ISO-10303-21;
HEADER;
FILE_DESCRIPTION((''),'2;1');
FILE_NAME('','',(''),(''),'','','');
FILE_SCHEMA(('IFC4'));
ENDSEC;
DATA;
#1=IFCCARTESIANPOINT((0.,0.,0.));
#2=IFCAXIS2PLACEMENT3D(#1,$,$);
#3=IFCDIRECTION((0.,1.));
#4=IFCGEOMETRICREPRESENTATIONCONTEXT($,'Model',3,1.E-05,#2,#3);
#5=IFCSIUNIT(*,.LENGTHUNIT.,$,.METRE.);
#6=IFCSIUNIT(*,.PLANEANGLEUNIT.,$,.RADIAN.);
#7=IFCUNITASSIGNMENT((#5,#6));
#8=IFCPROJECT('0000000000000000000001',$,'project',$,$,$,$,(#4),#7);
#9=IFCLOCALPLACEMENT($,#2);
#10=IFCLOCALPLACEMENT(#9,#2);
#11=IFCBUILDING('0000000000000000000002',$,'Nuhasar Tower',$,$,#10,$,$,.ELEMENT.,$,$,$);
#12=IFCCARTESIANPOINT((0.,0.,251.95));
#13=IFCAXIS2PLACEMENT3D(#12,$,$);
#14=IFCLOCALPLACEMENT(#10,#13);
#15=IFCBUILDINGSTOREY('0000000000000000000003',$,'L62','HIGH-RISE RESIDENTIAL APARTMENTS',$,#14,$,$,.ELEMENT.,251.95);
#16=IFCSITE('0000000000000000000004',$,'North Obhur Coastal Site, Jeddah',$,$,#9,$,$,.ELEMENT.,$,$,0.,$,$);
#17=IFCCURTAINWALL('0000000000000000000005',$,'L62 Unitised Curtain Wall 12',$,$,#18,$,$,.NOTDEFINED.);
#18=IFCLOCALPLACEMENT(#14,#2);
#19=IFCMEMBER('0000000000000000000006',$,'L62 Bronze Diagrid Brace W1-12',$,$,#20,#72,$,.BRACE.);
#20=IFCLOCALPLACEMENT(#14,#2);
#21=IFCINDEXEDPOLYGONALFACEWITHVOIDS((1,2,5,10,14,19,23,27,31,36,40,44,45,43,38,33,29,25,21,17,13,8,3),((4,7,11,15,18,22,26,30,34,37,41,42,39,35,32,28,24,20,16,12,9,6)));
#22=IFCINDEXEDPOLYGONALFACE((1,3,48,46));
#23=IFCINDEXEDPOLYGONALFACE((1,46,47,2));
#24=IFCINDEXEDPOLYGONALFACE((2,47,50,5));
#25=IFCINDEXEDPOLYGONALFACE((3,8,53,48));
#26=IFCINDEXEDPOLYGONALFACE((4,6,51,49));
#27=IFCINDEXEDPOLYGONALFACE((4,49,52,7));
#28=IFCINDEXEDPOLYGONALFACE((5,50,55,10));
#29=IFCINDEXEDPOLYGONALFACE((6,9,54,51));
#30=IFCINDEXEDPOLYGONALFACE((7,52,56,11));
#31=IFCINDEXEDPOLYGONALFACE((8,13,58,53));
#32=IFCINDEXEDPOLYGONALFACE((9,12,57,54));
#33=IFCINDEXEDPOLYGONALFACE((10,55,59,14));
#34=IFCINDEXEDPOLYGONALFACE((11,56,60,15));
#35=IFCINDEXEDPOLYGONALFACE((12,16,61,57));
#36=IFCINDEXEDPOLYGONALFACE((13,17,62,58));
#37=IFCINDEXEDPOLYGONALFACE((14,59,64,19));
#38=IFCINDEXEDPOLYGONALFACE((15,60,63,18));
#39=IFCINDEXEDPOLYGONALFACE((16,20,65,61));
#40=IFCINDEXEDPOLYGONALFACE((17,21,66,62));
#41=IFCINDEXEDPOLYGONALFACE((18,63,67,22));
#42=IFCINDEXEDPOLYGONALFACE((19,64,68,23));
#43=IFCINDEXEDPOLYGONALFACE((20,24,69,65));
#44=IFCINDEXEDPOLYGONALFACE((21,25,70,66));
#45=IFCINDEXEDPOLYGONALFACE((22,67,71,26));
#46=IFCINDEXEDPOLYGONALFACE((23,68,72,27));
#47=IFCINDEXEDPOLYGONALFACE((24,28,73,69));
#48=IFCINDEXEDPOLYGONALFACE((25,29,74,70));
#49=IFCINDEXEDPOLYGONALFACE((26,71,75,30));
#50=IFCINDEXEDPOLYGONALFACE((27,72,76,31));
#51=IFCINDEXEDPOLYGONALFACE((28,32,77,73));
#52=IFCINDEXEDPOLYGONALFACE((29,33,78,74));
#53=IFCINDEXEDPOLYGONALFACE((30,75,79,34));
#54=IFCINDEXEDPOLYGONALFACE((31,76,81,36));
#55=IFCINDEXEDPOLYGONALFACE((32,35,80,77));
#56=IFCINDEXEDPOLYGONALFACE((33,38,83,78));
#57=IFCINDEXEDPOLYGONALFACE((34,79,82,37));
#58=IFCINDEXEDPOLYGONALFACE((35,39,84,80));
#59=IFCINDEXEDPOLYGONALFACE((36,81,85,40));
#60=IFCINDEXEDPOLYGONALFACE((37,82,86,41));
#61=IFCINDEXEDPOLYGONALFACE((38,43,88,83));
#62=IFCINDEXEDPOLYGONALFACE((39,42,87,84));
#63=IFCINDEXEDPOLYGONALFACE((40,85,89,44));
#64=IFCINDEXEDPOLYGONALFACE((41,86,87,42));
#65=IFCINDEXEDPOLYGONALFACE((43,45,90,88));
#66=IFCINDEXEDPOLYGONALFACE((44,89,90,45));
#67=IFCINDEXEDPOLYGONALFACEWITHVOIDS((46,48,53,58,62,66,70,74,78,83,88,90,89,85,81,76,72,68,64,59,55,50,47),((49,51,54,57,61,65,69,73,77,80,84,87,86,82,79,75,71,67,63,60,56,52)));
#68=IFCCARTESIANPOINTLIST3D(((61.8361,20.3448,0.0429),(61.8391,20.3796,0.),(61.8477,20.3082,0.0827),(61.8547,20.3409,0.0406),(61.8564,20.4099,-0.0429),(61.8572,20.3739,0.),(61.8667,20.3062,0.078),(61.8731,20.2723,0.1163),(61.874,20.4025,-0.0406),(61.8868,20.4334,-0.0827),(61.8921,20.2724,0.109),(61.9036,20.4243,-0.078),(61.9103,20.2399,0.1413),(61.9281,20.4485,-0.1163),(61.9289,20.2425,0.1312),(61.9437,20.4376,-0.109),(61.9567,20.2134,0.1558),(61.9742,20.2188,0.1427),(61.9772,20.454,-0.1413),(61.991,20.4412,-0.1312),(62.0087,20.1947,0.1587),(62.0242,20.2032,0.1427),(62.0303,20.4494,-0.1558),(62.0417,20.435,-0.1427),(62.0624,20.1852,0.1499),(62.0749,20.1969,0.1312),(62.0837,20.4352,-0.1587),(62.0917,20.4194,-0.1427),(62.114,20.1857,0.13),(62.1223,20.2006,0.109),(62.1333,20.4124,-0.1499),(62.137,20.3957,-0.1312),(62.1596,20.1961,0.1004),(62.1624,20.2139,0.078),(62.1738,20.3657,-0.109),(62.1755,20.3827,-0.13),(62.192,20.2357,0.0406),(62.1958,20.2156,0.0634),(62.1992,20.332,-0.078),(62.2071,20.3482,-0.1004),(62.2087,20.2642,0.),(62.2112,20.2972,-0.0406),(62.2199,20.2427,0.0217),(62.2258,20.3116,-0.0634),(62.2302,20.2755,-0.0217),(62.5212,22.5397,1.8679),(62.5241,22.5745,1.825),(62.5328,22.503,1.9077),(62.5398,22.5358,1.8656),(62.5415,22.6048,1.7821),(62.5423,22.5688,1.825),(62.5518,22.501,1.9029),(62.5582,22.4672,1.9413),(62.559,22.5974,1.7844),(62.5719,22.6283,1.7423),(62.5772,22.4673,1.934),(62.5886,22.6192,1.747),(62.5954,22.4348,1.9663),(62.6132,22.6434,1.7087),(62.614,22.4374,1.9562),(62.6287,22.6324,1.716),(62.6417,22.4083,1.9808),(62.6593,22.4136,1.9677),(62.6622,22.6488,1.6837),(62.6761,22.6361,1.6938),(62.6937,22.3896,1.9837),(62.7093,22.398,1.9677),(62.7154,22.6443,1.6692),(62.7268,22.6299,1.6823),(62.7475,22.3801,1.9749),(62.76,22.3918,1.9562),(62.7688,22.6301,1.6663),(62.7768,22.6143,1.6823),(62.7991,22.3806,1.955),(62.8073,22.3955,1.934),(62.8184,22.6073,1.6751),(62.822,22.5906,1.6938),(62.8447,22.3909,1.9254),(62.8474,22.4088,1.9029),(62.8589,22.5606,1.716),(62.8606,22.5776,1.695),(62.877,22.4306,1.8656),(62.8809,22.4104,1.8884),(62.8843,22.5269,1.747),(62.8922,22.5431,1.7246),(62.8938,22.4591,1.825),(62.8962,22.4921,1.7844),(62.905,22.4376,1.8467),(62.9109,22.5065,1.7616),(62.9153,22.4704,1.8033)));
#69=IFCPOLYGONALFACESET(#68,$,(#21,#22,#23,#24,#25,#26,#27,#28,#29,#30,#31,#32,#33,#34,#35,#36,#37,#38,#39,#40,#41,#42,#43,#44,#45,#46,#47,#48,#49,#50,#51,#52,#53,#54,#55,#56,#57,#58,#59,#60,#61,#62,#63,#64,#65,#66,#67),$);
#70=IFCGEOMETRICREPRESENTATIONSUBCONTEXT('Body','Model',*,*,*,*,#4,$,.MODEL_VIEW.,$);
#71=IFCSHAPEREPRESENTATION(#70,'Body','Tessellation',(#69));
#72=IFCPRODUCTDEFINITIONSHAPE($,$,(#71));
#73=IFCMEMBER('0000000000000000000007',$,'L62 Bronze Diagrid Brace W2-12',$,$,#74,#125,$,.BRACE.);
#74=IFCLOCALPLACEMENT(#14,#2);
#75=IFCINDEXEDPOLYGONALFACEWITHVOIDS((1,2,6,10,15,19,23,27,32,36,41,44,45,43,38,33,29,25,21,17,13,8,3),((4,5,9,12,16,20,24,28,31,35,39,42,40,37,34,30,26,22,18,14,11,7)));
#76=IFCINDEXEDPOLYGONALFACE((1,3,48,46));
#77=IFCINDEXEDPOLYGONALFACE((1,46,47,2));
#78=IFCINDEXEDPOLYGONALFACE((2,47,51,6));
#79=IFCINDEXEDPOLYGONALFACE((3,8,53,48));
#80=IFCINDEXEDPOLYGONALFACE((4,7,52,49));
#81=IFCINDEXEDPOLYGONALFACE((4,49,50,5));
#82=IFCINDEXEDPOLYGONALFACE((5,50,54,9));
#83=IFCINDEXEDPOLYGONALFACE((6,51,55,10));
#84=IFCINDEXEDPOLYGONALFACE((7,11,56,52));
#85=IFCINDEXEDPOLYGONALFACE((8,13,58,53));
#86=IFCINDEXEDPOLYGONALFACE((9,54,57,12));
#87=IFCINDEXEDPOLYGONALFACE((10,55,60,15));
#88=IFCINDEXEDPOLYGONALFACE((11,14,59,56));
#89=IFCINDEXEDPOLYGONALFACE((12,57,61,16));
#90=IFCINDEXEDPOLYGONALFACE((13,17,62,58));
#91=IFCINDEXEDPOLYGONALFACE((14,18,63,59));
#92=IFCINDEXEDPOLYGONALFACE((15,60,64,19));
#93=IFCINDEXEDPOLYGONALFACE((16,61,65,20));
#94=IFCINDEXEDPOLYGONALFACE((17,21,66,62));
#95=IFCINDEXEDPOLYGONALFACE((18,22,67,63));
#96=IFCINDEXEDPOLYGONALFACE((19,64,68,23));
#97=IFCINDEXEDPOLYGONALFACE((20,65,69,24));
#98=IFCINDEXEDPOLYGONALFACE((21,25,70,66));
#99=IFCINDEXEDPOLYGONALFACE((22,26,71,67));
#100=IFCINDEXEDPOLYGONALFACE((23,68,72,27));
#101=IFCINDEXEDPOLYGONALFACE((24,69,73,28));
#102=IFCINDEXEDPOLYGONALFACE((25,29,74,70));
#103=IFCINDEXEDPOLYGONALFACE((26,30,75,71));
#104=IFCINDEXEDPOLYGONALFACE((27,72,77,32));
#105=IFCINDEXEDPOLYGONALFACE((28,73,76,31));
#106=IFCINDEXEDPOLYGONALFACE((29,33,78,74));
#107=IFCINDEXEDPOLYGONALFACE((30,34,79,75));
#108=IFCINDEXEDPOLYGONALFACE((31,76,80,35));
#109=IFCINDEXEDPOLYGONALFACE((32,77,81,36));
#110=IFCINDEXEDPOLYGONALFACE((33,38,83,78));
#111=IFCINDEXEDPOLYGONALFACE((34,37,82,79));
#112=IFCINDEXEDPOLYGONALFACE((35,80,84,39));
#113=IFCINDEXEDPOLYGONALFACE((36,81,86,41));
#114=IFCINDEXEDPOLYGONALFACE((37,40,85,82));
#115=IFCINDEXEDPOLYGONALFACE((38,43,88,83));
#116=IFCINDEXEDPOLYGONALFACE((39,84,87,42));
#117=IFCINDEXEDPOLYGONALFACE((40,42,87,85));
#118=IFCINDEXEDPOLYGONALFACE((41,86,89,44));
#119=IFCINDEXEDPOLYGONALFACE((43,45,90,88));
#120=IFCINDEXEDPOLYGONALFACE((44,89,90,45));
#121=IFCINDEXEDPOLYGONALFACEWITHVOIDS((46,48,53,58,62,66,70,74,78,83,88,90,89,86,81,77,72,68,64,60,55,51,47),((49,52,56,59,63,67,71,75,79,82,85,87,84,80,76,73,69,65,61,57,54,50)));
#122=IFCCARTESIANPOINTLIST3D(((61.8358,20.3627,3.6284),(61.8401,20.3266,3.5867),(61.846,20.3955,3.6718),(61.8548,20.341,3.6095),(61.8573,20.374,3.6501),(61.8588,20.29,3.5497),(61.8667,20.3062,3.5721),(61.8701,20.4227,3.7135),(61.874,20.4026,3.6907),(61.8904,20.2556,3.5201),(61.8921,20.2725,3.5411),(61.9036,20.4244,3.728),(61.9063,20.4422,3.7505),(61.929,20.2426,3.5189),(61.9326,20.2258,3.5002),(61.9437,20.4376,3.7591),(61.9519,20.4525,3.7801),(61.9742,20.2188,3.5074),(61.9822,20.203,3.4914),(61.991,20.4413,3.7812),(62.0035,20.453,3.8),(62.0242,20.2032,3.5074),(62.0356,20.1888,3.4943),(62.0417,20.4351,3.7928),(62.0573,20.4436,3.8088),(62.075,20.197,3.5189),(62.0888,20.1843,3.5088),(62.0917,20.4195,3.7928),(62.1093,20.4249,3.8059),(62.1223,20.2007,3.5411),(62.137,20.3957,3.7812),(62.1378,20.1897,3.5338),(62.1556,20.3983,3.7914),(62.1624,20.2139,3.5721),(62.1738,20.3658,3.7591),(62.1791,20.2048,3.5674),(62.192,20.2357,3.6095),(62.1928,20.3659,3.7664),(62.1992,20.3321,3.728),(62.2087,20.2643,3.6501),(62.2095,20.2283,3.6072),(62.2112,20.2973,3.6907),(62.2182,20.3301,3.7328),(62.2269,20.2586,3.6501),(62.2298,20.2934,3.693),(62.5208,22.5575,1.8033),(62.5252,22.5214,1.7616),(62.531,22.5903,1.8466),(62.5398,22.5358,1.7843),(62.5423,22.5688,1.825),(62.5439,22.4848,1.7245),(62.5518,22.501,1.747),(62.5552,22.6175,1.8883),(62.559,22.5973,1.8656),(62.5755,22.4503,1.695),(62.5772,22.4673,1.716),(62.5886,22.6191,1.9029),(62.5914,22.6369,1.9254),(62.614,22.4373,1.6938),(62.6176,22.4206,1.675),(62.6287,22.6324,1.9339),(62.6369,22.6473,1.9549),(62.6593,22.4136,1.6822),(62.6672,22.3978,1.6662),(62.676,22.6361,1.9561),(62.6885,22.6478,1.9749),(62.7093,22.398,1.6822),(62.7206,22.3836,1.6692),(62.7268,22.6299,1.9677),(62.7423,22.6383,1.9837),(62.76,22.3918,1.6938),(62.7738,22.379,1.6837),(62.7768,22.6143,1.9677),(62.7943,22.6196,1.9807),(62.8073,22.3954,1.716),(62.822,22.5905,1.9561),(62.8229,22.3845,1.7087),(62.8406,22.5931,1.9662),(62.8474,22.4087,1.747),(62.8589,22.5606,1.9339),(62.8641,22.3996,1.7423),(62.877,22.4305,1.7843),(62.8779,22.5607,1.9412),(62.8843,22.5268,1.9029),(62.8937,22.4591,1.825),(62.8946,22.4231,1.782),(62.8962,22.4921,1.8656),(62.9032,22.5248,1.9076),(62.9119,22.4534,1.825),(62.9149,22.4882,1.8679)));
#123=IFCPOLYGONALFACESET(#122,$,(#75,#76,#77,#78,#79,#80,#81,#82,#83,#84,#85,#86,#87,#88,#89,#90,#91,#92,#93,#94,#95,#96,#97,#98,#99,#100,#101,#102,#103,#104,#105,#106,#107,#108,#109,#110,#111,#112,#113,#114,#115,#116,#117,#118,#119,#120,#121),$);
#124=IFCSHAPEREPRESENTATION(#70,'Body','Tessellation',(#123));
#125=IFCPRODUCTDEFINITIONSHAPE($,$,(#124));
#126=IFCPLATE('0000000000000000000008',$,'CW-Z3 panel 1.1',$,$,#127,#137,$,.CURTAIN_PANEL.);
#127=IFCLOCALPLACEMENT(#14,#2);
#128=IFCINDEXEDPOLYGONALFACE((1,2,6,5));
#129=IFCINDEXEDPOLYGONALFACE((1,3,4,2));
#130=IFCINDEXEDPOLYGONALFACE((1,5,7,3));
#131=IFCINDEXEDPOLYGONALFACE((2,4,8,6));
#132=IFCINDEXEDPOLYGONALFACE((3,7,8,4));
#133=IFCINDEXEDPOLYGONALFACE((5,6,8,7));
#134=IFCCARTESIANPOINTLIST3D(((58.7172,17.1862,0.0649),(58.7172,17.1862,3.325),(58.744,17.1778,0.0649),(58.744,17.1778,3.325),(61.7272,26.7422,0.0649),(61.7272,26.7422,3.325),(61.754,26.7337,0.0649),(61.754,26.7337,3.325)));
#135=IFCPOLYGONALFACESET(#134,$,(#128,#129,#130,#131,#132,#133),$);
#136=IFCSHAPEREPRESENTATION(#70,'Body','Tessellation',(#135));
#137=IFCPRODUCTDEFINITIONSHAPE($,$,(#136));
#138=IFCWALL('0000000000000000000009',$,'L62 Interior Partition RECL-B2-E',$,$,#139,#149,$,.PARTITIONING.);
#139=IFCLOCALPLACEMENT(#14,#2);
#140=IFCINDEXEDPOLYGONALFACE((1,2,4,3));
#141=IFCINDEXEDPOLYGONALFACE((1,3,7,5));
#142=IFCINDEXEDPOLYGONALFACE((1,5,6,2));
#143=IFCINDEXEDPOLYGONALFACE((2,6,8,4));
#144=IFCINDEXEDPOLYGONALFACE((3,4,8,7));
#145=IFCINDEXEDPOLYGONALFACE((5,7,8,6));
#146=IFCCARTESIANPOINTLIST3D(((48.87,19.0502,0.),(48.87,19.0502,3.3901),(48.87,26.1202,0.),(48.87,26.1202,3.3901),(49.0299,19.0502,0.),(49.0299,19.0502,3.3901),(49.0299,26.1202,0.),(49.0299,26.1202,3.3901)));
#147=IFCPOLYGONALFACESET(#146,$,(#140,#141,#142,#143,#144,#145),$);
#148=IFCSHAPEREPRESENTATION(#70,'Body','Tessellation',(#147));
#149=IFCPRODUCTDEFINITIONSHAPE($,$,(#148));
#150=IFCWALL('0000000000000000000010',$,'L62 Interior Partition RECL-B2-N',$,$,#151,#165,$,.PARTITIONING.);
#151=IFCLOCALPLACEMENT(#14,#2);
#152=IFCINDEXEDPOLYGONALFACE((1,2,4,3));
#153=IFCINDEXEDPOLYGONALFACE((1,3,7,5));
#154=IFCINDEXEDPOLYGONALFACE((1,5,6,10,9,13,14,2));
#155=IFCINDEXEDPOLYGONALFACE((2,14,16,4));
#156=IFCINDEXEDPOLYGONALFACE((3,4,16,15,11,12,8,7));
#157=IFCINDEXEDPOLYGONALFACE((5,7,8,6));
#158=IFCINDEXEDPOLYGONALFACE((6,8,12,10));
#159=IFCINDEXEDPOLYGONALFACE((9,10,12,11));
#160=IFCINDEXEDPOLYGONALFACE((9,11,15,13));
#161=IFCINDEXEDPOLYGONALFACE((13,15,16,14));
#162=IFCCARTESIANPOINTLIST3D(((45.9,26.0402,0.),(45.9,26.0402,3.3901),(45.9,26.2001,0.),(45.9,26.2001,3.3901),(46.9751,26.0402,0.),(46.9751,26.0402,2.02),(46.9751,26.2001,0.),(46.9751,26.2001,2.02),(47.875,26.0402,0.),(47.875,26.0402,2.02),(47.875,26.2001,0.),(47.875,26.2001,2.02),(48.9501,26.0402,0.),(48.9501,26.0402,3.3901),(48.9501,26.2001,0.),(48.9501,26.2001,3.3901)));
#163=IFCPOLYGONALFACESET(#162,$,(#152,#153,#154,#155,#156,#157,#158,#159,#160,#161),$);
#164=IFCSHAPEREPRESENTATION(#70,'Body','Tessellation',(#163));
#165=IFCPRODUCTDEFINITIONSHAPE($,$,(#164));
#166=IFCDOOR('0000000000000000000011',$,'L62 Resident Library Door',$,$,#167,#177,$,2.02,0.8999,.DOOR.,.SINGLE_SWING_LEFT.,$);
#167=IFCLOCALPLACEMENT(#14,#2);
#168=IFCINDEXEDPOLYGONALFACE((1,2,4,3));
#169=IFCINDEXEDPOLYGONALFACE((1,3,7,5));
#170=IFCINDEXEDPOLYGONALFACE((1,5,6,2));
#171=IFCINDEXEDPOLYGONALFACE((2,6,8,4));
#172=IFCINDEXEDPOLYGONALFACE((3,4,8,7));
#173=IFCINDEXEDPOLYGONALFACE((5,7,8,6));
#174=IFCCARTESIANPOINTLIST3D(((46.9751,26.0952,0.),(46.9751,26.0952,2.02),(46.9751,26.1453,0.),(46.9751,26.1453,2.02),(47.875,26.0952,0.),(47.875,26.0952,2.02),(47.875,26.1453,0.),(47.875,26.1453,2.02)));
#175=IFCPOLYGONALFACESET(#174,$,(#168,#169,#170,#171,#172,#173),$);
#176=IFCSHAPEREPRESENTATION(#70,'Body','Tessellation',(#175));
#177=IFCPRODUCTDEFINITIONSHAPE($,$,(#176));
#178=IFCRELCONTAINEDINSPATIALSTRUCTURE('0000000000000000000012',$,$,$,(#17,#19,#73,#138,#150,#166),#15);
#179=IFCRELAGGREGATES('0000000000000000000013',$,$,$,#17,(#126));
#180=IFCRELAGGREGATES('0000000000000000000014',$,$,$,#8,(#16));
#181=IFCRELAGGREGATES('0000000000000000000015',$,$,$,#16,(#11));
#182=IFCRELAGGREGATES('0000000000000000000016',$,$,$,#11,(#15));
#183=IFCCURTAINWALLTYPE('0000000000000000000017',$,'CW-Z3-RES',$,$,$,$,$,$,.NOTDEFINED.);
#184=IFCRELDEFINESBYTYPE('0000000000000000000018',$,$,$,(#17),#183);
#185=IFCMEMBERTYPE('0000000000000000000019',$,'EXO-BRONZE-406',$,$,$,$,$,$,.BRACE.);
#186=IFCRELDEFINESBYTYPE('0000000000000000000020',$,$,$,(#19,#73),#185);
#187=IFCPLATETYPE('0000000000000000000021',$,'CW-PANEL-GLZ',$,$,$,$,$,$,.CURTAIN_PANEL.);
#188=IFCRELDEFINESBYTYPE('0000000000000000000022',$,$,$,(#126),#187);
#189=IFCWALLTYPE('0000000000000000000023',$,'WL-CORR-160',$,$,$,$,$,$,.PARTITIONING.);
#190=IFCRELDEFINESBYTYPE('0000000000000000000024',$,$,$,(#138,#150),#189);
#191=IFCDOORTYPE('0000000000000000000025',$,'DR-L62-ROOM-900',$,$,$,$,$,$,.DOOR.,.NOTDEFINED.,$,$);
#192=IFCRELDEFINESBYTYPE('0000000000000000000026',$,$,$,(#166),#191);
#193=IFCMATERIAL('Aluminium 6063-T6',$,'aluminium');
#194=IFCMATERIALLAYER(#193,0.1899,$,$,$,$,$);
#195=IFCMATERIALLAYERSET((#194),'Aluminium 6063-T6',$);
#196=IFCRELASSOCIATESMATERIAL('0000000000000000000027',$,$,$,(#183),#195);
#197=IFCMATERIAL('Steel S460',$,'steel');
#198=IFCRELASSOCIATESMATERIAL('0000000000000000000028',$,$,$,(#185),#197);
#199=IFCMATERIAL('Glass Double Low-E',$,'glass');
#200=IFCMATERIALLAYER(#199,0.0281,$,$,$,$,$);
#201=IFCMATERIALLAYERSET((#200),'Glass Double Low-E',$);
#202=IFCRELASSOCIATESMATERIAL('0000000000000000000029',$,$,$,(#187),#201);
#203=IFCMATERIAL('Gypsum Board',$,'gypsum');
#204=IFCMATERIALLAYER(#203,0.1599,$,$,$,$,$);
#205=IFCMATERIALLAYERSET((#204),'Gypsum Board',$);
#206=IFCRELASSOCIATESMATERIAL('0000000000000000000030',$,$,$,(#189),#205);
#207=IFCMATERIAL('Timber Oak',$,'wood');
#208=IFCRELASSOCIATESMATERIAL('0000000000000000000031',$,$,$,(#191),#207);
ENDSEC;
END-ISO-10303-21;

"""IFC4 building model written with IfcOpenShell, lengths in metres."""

from ifc_helpers import new_model, si_unit, direction, frame, frame_2d, origin, origin_2d, place, context, subcontext, project, spatial, rectangle, hollow_circle, extrude, material, layer, layer_set, material_profile, profile_set, type_object, element, fill, aggregate, save


model = new_model("IFC4")

# Units and contexts
model_context = context("Model", 3, precision=1e-05, world=origin(), true_north=direction((0.0, 1.0)))
body_context = subcontext(model_context, "Body", "Model", "MODEL_VIEW")
ifc_project = project(units=[si_unit("LENGTHUNIT", "METRE"), si_unit("PLANEANGLEUNIT", "RADIAN")], contexts=[model_context])

# Site, building, storey
site_placement = place(None, origin())
site = spatial("IfcSite", under=ifc_project, at=site_placement, Name="North Obhur Coastal Site, Jeddah", CompositionType="ELEMENT", RefElevation=0.0)
building_placement = place(site_placement, origin())
building = spatial("IfcBuilding", under=site, at=building_placement, Name="Nuhasar Tower", CompositionType="ELEMENT")
storey_placement = place(building_placement, frame((0.0, 0.0, 251.95)))
storey = spatial("IfcBuildingStorey", under=building, at=storey_placement, Name="L62", Description="HIGH-RISE RESIDENTIAL APARTMENTS", CompositionType="ELEMENT", Elevation=251.95)

# Curtain wall
ifc_material_1 = material(Name="Aluminium 6063-T6", Category="aluminium")
ifc_layer_1 = layer(ifc_material_1, 0.1899)
ifc_layer_set_1 = layer_set([ifc_layer_1], Name="Aluminium 6063-T6")
curtain_wall_type = type_object("IfcCurtainWallType", Name="CW-Z3-RES", PredefinedType="NOTDEFINED", material=ifc_layer_set_1)
curtain_wall_1_placement = place(storey_placement, origin())
curtain_wall_1 = element("IfcCurtainWall", 1, at=curtain_wall_1_placement, inside=storey, type_object=curtain_wall_type, Name="L62 Unitised Curtain Wall 12", PredefinedType="NOTDEFINED")

# Members
ifc_material_2 = material(Name="Steel S460", Category="steel")
ifc_material_profile_1 = material_profile(ifc_material_2, hollow_circle(Radius=0.2031, WallThickness=0.019, at=origin_2d()), Name="HSS406.4X19.1")
ifc_profile_set_1 = profile_set([ifc_material_profile_1], Name="Steel S460")
member_type_1 = type_object("IfcMemberType", Name="EXO-BRONZE-406", PredefinedType="BRACE", material=ifc_profile_set_1)
for number, where, z_axis, x_axis, name in (
    (2, (62.033, 20.3191, 0.0), (0.233372, 0.74769, 0.621689), (-0.954582, 0.297948, 0.0), "L62 Bronze Diagrid Brace W1-12"),
    (3, (62.718, 22.5139, 1.825), (-0.23336, -0.747651, 0.62174), (0.954582, -0.297948, 0.0), "L62 Bronze Diagrid Brace W2-12"),
):
    element("IfcMember", number, at=place(storey_placement, frame(where, z_axis=z_axis, x_axis=x_axis)), inside=storey, type_object=member_type_1, Name=name, PredefinedType="BRACE", context=body_context, shape_type="SweptSolid", body=[
        extrude(hollow_circle(Radius=0.2031, WallThickness=0.019, at=origin_2d()), origin(), (0.0, 0.0, 1.0), 2.9355),
    ])

# Plate
ifc_material_3 = material(Name="Glass Double Low-E", Category="glass")
ifc_layer_2 = layer(ifc_material_3, 0.0281)
ifc_layer_set_2 = layer_set([ifc_layer_2], Name="Glass Double Low-E")
plate_type = type_object("IfcPlateType", Name="CW-PANEL-GLZ", PredefinedType="CURTAIN_PANEL", material=ifc_layer_set_2)
plate_placement = place(storey_placement, frame((60.2356, 21.96, 0.0649), z_axis=(0.0, 0.0, 1.0), x_axis=(0.300429, 0.953804, 0.0)))
plate = element("IfcPlate", 4, at=plate_placement, type_object=plate_type, Name="CW-Z3 panel 1.1", PredefinedType="CURTAIN_PANEL", context=body_context, shape_type="SweptSolid", body=[
    extrude(rectangle(XDim=10.0188, YDim=0.0281, at=origin_2d()), origin(), (0.0, 0.0, 1.0), 3.26),
])
aggregate(curtain_wall_1, [plate])

# Wall
ifc_material_4 = material(Name="Gypsum Board", Category="gypsum")
ifc_layer_3 = layer(ifc_material_4, 0.1599)
ifc_layer_set_3 = layer_set([ifc_layer_3], Name="Gypsum Board")
wall_type_1 = type_object("IfcWallType", Name="WL-CORR-160", PredefinedType="PARTITIONING", material=ifc_layer_set_3)
wall_1_placement = place(storey_placement, frame((48.95, 19.05, 0.0), z_axis=(0.0, 0.0, 1.0), x_axis=(0.0, 1.0, 0.0)))
element("IfcWall", 5, at=wall_1_placement, inside=storey, type_object=wall_type_1, Name="L62 Interior Partition RECL-B2-E", PredefinedType="PARTITIONING", context=body_context, shape_type="SweptSolid", body=[
    extrude(rectangle(XDim=7.0701, YDim=0.1599, at=frame_2d((3.5352, 0.0))), origin(), (0.0, 0.0, 1.0), 3.3901),
])

# Wall, opening, door
wall_2_placement = place(storey_placement, frame((48.95, 26.1201, 0.0), z_axis=(0.0, 0.0, 1.0), x_axis=(-1.0, 0.0, 0.0)))
wall_2 = element("IfcWall", 6, at=wall_2_placement, inside=storey, type_object=wall_type_1, Name="L62 Interior Partition RECL-B2-N", PredefinedType="PARTITIONING", context=body_context, shape_type="SweptSolid", body=[
    extrude(rectangle(XDim=3.05, YDim=0.1599, at=frame_2d((1.5249, 0.0))), origin(), (0.0, 0.0, 1.0), 3.3901),
])
opening_1_placement = place(wall_2_placement, frame((1.075, 0.0, 0.0)))
opening_1 = element("IfcOpeningElement", 7, at=opening_1_placement, cuts=wall_2, PredefinedType="OPENING", context=body_context, shape_type="SweptSolid", body=[
    extrude(rectangle(XDim=0.8999, YDim=2.02, at=frame_2d((0.45, 1.01))), frame((0.0, 0.0898, 0.0), z_axis=(0.0, -1.0, 0.0), x_axis=(1.0, 0.0, 0.0)), (0.0, 0.0, 1.0), 0.1799),
])
ifc_material_5 = material(Name="Timber Oak", Category="wood")
door_type_1 = type_object("IfcDoorType", Name="DR-L62-ROOM-900", OperationType="NOTDEFINED", PredefinedType="DOOR", material=ifc_material_5)
door_1_placement = place(opening_1_placement, origin())
door_1 = element("IfcDoor", 8, at=door_1_placement, inside=storey, type_object=door_type_1, Name="L62 Resident Library Door", OperationType="SINGLE_SWING_LEFT", OverallHeight=2.02, OverallWidth=0.8999, PredefinedType="DOOR", context=body_context, shape_type="SweptSolid", body=[
    extrude(rectangle(XDim=0.8999, YDim=2.02, at=frame_2d((0.45, 1.01))), frame((0.0, 0.0249, 0.0), z_axis=(0.0, -1.0, 0.0), x_axis=(1.0, 0.0, 0.0)), (0.0, 0.0, 1.0), 0.05),
])
fill(opening_1, door_1)

save(model, "model.ifc")
